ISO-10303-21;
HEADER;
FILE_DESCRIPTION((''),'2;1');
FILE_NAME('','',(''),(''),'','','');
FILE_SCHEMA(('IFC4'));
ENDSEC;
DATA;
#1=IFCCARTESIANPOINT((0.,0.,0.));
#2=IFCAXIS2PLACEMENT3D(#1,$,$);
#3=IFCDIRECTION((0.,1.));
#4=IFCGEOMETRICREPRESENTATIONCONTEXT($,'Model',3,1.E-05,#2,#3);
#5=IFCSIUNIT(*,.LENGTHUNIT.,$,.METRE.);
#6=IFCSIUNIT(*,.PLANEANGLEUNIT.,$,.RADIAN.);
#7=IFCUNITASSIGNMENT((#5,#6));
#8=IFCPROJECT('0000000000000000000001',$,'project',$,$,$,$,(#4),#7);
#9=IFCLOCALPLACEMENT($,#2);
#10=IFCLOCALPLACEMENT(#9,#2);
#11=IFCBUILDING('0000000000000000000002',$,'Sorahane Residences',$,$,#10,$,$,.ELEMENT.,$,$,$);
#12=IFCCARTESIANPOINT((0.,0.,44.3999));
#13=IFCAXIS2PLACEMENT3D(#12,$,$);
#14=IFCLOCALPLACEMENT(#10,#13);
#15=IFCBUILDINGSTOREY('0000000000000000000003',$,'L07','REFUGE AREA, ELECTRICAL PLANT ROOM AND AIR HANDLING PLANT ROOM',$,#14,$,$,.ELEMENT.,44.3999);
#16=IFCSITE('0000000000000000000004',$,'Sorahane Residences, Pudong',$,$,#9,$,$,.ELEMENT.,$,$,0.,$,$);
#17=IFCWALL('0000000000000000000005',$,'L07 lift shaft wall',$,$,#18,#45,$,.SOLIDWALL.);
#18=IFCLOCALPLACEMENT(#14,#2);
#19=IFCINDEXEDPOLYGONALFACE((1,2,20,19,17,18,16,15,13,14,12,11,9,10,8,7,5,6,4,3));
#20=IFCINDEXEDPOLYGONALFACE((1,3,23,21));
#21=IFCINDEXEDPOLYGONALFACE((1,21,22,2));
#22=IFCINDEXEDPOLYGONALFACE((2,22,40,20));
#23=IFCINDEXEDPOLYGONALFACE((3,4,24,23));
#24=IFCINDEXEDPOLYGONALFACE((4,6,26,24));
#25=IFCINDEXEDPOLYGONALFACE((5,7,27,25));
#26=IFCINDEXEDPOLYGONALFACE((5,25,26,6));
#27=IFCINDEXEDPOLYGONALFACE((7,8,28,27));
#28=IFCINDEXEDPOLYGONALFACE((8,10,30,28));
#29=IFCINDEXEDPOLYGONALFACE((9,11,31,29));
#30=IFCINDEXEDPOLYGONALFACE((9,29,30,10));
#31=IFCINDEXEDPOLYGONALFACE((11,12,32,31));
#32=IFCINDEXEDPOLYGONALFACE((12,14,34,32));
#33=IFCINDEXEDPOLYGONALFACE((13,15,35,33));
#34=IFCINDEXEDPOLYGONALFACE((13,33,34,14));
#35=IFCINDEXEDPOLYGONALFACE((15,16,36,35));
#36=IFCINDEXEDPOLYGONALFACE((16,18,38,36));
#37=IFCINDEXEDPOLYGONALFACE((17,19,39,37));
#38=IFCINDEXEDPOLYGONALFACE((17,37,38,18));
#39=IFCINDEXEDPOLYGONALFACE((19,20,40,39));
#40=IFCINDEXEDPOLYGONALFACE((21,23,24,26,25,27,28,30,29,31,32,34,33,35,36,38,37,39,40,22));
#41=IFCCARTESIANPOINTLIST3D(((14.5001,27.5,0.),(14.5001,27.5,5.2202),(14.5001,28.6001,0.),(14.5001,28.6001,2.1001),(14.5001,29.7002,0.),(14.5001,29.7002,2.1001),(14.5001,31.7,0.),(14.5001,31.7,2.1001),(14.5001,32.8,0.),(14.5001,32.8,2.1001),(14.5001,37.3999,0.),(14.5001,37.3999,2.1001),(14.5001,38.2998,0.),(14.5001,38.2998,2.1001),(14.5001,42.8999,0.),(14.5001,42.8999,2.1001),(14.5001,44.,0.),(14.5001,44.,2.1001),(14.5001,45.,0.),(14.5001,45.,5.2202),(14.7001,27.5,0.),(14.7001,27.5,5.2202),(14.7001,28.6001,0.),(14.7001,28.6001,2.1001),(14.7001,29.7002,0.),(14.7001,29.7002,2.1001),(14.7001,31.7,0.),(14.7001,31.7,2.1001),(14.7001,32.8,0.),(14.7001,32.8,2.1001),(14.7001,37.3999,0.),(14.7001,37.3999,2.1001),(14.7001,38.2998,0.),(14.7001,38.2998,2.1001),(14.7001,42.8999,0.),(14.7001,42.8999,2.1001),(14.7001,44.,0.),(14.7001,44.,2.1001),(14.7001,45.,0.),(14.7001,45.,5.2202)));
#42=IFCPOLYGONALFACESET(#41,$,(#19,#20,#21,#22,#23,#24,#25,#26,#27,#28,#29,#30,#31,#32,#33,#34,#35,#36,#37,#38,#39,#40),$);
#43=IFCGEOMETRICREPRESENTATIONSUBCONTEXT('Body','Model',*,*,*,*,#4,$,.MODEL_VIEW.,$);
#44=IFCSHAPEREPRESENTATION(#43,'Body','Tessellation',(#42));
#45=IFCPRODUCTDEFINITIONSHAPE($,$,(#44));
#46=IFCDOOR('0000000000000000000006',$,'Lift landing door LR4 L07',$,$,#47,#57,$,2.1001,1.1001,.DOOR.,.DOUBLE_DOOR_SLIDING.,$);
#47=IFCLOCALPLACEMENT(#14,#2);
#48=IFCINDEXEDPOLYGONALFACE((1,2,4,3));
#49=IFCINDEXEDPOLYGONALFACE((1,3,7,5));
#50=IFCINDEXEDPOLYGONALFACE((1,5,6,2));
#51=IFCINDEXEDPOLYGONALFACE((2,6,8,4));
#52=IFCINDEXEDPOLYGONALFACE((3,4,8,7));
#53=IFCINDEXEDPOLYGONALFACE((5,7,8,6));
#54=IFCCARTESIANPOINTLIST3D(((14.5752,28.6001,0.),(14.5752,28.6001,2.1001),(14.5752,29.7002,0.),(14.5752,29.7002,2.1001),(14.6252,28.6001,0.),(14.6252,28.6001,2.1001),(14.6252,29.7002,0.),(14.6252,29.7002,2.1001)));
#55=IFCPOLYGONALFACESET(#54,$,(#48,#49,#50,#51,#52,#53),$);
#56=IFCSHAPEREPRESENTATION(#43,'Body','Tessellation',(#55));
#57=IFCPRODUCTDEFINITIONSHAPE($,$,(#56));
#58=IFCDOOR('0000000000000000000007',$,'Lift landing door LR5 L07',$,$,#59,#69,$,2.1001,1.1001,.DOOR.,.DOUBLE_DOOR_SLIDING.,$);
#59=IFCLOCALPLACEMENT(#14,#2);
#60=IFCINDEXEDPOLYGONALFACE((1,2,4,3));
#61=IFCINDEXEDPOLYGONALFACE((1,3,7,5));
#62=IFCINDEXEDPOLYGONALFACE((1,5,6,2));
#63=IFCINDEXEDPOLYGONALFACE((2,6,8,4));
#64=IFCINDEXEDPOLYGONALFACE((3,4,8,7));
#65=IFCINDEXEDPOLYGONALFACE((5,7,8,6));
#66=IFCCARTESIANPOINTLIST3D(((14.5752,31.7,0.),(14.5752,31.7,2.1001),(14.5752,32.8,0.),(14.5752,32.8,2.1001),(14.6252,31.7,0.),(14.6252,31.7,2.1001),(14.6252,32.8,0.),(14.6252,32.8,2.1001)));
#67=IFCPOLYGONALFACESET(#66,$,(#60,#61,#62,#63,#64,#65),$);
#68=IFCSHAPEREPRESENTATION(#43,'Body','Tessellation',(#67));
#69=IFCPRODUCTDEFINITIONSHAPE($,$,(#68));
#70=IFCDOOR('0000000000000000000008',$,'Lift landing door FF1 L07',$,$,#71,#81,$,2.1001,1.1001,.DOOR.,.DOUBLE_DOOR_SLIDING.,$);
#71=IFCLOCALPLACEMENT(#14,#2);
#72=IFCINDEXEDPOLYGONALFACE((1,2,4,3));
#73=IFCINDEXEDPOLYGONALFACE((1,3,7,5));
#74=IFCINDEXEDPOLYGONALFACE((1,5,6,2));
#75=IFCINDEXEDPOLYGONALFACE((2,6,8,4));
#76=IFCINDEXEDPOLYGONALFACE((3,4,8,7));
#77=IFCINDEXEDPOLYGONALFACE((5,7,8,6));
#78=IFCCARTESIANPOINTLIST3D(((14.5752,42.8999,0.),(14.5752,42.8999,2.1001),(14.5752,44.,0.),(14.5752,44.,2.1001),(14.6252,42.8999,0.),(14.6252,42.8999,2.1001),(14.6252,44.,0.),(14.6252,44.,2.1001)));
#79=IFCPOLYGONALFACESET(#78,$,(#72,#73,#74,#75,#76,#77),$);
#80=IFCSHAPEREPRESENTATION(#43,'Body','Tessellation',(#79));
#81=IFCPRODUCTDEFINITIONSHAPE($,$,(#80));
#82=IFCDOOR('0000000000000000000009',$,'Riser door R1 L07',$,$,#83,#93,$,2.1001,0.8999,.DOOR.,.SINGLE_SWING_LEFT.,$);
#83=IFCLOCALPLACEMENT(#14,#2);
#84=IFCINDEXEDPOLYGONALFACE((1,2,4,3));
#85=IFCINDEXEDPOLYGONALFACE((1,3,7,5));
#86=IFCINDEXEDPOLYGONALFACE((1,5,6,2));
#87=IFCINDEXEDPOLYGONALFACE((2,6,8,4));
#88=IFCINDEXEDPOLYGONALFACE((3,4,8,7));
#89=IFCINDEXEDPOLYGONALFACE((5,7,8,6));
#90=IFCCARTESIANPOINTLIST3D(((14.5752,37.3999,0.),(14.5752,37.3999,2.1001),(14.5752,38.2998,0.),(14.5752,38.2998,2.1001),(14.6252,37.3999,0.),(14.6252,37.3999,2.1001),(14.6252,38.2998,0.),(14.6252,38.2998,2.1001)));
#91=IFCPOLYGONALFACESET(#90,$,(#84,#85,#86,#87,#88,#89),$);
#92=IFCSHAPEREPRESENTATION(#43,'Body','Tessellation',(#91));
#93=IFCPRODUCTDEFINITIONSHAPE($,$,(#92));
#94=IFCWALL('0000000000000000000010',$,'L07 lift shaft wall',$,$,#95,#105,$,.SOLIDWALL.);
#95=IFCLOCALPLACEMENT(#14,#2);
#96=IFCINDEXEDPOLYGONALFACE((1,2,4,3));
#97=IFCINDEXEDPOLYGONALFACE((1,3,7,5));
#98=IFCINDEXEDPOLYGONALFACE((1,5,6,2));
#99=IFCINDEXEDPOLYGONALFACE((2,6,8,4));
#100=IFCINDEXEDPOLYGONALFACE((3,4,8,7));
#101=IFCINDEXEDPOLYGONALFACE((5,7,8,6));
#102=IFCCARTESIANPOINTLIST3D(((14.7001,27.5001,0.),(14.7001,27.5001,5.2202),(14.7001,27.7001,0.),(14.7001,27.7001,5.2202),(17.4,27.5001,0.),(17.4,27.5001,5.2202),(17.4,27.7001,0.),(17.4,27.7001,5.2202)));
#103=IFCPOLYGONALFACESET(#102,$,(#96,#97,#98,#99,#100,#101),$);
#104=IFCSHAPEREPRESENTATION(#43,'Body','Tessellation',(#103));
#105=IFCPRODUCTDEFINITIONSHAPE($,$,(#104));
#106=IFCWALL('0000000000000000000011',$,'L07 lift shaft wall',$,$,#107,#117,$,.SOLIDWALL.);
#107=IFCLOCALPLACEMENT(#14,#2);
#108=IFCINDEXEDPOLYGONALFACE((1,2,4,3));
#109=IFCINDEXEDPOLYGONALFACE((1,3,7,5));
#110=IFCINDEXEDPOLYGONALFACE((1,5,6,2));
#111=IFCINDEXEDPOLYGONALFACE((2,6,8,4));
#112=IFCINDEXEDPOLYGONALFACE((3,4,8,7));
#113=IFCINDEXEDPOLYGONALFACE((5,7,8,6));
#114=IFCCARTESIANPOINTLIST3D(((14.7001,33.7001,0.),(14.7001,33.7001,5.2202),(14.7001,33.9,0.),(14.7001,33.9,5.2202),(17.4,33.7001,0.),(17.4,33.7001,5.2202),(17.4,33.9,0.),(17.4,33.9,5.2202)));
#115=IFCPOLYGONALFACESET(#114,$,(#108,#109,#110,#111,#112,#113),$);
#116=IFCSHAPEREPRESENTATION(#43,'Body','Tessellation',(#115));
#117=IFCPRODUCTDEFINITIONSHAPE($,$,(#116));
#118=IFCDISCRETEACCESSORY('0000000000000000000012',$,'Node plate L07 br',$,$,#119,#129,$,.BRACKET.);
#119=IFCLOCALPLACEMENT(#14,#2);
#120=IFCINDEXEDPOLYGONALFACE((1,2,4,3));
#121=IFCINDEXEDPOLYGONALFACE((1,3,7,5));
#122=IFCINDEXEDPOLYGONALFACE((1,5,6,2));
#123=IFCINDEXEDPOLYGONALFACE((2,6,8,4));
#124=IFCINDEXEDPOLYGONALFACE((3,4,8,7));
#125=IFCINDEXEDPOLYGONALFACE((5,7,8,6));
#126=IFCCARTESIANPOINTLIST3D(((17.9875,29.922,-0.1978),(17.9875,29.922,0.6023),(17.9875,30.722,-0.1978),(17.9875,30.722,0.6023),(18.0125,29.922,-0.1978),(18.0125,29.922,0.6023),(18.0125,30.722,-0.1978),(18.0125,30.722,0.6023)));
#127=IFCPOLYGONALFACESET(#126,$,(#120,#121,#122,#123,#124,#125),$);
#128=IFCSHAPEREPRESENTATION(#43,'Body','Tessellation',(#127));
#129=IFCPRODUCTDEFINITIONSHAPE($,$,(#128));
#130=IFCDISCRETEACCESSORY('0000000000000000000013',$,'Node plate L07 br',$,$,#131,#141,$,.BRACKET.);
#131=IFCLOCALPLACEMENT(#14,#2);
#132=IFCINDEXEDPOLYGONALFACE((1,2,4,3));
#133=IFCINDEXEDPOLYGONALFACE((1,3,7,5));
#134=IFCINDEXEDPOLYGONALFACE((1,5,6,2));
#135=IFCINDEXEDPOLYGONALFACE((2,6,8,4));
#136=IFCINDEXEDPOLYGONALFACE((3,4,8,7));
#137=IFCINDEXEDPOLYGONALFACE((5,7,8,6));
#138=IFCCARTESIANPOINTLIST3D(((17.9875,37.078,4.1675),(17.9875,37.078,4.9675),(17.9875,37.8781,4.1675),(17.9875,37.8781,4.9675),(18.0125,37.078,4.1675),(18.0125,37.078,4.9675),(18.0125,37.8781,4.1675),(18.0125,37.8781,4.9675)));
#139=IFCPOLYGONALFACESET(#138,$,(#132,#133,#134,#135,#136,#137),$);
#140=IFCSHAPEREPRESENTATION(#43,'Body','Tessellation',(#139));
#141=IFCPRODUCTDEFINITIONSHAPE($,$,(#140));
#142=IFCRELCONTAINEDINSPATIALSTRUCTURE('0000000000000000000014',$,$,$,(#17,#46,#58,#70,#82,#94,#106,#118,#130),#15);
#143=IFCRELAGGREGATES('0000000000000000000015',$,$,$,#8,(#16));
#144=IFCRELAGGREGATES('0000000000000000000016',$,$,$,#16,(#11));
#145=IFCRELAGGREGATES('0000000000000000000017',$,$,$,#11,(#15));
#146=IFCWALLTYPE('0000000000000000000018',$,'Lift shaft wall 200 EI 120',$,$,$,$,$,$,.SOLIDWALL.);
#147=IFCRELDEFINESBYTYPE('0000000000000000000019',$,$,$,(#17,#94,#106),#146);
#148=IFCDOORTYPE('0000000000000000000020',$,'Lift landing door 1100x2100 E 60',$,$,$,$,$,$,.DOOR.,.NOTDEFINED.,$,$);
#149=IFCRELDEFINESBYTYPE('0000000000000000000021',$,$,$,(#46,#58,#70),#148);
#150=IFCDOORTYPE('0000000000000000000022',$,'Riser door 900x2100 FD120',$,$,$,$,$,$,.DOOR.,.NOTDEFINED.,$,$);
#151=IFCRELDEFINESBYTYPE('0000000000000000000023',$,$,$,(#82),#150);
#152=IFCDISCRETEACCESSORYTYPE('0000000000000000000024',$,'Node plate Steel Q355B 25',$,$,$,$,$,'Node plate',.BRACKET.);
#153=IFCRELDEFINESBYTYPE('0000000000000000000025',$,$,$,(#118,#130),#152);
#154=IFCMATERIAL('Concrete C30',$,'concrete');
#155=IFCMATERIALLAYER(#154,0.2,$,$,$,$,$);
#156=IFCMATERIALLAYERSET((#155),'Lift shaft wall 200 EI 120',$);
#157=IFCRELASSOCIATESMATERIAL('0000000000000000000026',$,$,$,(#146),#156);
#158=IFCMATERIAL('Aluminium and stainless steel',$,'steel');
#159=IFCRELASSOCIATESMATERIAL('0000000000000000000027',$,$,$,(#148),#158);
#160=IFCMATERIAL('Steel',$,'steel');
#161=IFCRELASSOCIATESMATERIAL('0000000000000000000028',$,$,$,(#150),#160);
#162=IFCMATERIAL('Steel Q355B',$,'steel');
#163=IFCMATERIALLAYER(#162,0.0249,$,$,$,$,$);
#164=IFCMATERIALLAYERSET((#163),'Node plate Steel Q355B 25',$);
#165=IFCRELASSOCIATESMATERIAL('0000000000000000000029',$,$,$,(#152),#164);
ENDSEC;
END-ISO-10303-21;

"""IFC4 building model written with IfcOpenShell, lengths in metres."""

from ifc_helpers import new_model, si_unit, direction, frame, frame_2d, origin, origin_2d, place, context, subcontext, project, spatial, rectangle, extrude, material, layer, layer_set, type_object, element, fill, save


model = new_model("IFC4")

# Units and contexts
model_context = context("Model", 3, precision=1e-05, world=origin(), true_north=direction((0.0, 1.0)))
body_context = subcontext(model_context, "Body", "Model", "MODEL_VIEW")
ifc_project = project(units=[si_unit("LENGTHUNIT", "METRE"), si_unit("PLANEANGLEUNIT", "RADIAN")], contexts=[model_context])

# Site, building, storey
site_placement = place(None, origin())
site = spatial("IfcSite", under=ifc_project, at=site_placement, Name="Sorahane Residences, Pudong", CompositionType="ELEMENT", RefElevation=0.0)
building_placement = place(site_placement, origin())
building = spatial("IfcBuilding", under=site, at=building_placement, Name="Sorahane Residences", CompositionType="ELEMENT")
storey_placement = place(building_placement, frame((0.0, 0.0, 44.3999)))
storey = spatial("IfcBuildingStorey", under=building, at=storey_placement, Name="L07", Description="REFUGE AREA, ELECTRICAL PLANT ROOM AND AIR HANDLING PLANT ROOM", CompositionType="ELEMENT", Elevation=44.3999)

# Wall, openings, doors
ifc_material_1 = material(Name="Concrete C30", Category="concrete")
ifc_layer_1 = layer(ifc_material_1, 0.2)
ifc_layer_set_1 = layer_set([ifc_layer_1], Name="Lift shaft wall 200 EI 120")
wall_type_1 = type_object("IfcWallType", Name="Lift shaft wall 200 EI 120", PredefinedType="SOLIDWALL", material=ifc_layer_set_1)
wall_1_placement = place(storey_placement, frame((14.6001, 27.5, 0.0), z_axis=(0.0, 0.0, 1.0), x_axis=(0.0, 1.0, 0.0)))
wall_1 = element("IfcWall", 1, at=wall_1_placement, inside=storey, type_object=wall_type_1, Name="L07 lift shaft wall", PredefinedType="SOLIDWALL", context=body_context, shape_type="SweptSolid", body=[
    extrude(rectangle(XDim=17.5, YDim=0.2, at=frame_2d((8.75, 0.0))), origin(), (0.0, 0.0, 1.0), 5.2202),
])
opening_1_placement = place(wall_1_placement, frame((1.1001, 0.0, 0.0)))
opening_1 = element("IfcOpeningElement", 2, at=opening_1_placement, cuts=wall_1, PredefinedType="OPENING", context=body_context, shape_type="SweptSolid", body=[
    extrude(rectangle(XDim=1.1001, YDim=2.1001, at=frame_2d((0.55, 1.05))), frame((0.0, 0.1099, 0.0), z_axis=(0.0, -1.0, 0.0), x_axis=(1.0, 0.0, 0.0)), (0.0, 0.0, 1.0), 0.22),
])
opening_2_placement = place(wall_1_placement, frame((4.2, 0.0, 0.0)))
opening_2 = element("IfcOpeningElement", 3, at=opening_2_placement, cuts=wall_1, PredefinedType="OPENING", context=body_context, shape_type="SweptSolid", body=[
    extrude(rectangle(XDim=1.1001, YDim=2.1001, at=frame_2d((0.55, 1.05))), frame((0.0, 0.1099, 0.0), z_axis=(0.0, -1.0, 0.0), x_axis=(1.0, 0.0, 0.0)), (0.0, 0.0, 1.0), 0.22),
])
opening_3_placement = place(wall_1_placement, frame((15.3999, 0.0, 0.0)))
opening_3 = element("IfcOpeningElement", 4, at=opening_3_placement, cuts=wall_1, PredefinedType="OPENING", context=body_context, shape_type="SweptSolid", body=[
    extrude(rectangle(XDim=1.1001, YDim=2.1001, at=frame_2d((0.55, 1.05))), frame((0.0, 0.1099, 0.0), z_axis=(0.0, -1.0, 0.0), x_axis=(1.0, 0.0, 0.0)), (0.0, 0.0, 1.0), 0.22),
])
opening_4_placement = place(wall_1_placement, frame((9.8999, 0.0, 0.0)))
opening_4 = element("IfcOpeningElement", 5, at=opening_4_placement, cuts=wall_1, PredefinedType="OPENING", context=body_context, shape_type="SweptSolid", body=[
    extrude(rectangle(XDim=0.8999, YDim=2.1001, at=frame_2d((0.45, 1.05))), frame((0.0, 0.1099, 0.0), z_axis=(0.0, -1.0, 0.0), x_axis=(1.0, 0.0, 0.0)), (0.0, 0.0, 1.0), 0.22),
])
ifc_material_2 = material(Name="Aluminium and stainless steel", Category="steel")
door_type_1 = type_object("IfcDoorType", Name="Lift landing door 1100x2100 E 60", OperationType="NOTDEFINED", PredefinedType="DOOR", material=ifc_material_2)
door_1_placement = place(opening_1_placement, origin())
door_1 = element("IfcDoor", 6, at=door_1_placement, inside=storey, type_object=door_type_1, Name="Lift landing door LR4 L07", OperationType="DOUBLE_DOOR_SLIDING", OverallHeight=2.1001, OverallWidth=1.1001, PredefinedType="DOOR", context=body_context, shape_type="SweptSolid", body=[
    extrude(rectangle(XDim=1.1001, YDim=2.1001, at=frame_2d((0.55, 1.05))), frame((0.0, 0.0249, 0.0), z_axis=(0.0, -1.0, 0.0), x_axis=(1.0, 0.0, 0.0)), (0.0, 0.0, 1.0), 0.05),
])
fill(opening_1, door_1)
door_2_placement = place(opening_2_placement, origin())
door_2 = element("IfcDoor", 7, at=door_2_placement, inside=storey, type_object=door_type_1, Name="Lift landing door LR5 L07", OperationType="DOUBLE_DOOR_SLIDING", OverallHeight=2.1001, OverallWidth=1.1001, PredefinedType="DOOR", context=body_context, shape_type="SweptSolid", body=[
    extrude(rectangle(XDim=1.1001, YDim=2.1001, at=frame_2d((0.55, 1.05))), frame((0.0, 0.0249, 0.0), z_axis=(0.0, -1.0, 0.0), x_axis=(1.0, 0.0, 0.0)), (0.0, 0.0, 1.0), 0.05),
])
fill(opening_2, door_2)
door_3_placement = place(opening_3_placement, origin())
door_3 = element("IfcDoor", 8, at=door_3_placement, inside=storey, type_object=door_type_1, Name="Lift landing door FF1 L07", OperationType="DOUBLE_DOOR_SLIDING", OverallHeight=2.1001, OverallWidth=1.1001, PredefinedType="DOOR", context=body_context, shape_type="SweptSolid", body=[
    extrude(rectangle(XDim=1.1001, YDim=2.1001, at=frame_2d((0.55, 1.05))), frame((0.0, 0.0249, 0.0), z_axis=(0.0, -1.0, 0.0), x_axis=(1.0, 0.0, 0.0)), (0.0, 0.0, 1.0), 0.05),
])
fill(opening_3, door_3)
ifc_material_3 = material(Name="Steel", Category="steel")
door_type_2 = type_object("IfcDoorType", Name="Riser door 900x2100 FD120", OperationType="NOTDEFINED", PredefinedType="DOOR", material=ifc_material_3)
door_4_placement = place(opening_4_placement, origin())
door_4 = element("IfcDoor", 9, at=door_4_placement, inside=storey, type_object=door_type_2, Name="Riser door R1 L07", OperationType="SINGLE_SWING_LEFT", OverallHeight=2.1001, OverallWidth=0.8999, PredefinedType="DOOR", context=body_context, shape_type="SweptSolid", body=[
    extrude(rectangle(XDim=0.8999, YDim=2.1001, at=frame_2d((0.45, 1.05))), frame((0.0, 0.0249, 0.0), z_axis=(0.0, -1.0, 0.0), x_axis=(1.0, 0.0, 0.0)), (0.0, 0.0, 1.0), 0.05),
])
fill(opening_4, door_4)

# Walls
for number, where, z_axis, x_axis, name in (
    (10, (14.7, 27.6001, 0.0), (0.0, 0.0, 1.0), (1.0, 0.0, 0.0), "L07 lift shaft wall"),
    (11, (14.7, 33.8, 0.0), (0.0, 0.0, 1.0), (1.0, 0.0, 0.0), "L07 lift shaft wall"),
):
    element("IfcWall", number, at=place(storey_placement, frame(where, z_axis=z_axis, x_axis=x_axis)), inside=storey, type_object=wall_type_1, Name=name, PredefinedType="SOLIDWALL", context=body_context, shape_type="SweptSolid", body=[
        extrude(rectangle(XDim=2.7, YDim=0.2, at=frame_2d((1.3501, 0.0))), origin(), (0.0, 0.0, 1.0), 5.2202),
    ])

# Discrete accessories
ifc_material_4 = material(Name="Steel Q355B", Category="steel")
ifc_layer_2 = layer(ifc_material_4, 0.0249)
ifc_layer_set_2 = layer_set([ifc_layer_2], Name="Node plate Steel Q355B 25")
discrete_accessory_type = type_object("IfcDiscreteAccessoryType", Name="Node plate Steel Q355B 25", ElementType="Node plate", PredefinedType="BRACKET", material=ifc_layer_set_2)
for number, where, z_axis, x_axis, name in (
    (12, (18.0, 30.322, -0.1978), (0.0, 0.0, 1.0), (0.0, 1.0, 0.0), "Node plate L07 br"),
    (13, (18.0, 37.478, 4.1675), (0.0, 0.0, 1.0), (0.0, 1.0, 0.0), "Node plate L07 br"),
):
    element("IfcDiscreteAccessory", number, at=place(storey_placement, frame(where, z_axis=z_axis, x_axis=x_axis)), inside=storey, type_object=discrete_accessory_type, Name=name, PredefinedType="BRACKET", context=body_context, shape_type="SweptSolid", body=[
        extrude(rectangle(XDim=0.8, YDim=0.0249, at=origin_2d()), origin(), (0.0, 0.0, 1.0), 0.8),
    ])

save(model, "model.ifc")
